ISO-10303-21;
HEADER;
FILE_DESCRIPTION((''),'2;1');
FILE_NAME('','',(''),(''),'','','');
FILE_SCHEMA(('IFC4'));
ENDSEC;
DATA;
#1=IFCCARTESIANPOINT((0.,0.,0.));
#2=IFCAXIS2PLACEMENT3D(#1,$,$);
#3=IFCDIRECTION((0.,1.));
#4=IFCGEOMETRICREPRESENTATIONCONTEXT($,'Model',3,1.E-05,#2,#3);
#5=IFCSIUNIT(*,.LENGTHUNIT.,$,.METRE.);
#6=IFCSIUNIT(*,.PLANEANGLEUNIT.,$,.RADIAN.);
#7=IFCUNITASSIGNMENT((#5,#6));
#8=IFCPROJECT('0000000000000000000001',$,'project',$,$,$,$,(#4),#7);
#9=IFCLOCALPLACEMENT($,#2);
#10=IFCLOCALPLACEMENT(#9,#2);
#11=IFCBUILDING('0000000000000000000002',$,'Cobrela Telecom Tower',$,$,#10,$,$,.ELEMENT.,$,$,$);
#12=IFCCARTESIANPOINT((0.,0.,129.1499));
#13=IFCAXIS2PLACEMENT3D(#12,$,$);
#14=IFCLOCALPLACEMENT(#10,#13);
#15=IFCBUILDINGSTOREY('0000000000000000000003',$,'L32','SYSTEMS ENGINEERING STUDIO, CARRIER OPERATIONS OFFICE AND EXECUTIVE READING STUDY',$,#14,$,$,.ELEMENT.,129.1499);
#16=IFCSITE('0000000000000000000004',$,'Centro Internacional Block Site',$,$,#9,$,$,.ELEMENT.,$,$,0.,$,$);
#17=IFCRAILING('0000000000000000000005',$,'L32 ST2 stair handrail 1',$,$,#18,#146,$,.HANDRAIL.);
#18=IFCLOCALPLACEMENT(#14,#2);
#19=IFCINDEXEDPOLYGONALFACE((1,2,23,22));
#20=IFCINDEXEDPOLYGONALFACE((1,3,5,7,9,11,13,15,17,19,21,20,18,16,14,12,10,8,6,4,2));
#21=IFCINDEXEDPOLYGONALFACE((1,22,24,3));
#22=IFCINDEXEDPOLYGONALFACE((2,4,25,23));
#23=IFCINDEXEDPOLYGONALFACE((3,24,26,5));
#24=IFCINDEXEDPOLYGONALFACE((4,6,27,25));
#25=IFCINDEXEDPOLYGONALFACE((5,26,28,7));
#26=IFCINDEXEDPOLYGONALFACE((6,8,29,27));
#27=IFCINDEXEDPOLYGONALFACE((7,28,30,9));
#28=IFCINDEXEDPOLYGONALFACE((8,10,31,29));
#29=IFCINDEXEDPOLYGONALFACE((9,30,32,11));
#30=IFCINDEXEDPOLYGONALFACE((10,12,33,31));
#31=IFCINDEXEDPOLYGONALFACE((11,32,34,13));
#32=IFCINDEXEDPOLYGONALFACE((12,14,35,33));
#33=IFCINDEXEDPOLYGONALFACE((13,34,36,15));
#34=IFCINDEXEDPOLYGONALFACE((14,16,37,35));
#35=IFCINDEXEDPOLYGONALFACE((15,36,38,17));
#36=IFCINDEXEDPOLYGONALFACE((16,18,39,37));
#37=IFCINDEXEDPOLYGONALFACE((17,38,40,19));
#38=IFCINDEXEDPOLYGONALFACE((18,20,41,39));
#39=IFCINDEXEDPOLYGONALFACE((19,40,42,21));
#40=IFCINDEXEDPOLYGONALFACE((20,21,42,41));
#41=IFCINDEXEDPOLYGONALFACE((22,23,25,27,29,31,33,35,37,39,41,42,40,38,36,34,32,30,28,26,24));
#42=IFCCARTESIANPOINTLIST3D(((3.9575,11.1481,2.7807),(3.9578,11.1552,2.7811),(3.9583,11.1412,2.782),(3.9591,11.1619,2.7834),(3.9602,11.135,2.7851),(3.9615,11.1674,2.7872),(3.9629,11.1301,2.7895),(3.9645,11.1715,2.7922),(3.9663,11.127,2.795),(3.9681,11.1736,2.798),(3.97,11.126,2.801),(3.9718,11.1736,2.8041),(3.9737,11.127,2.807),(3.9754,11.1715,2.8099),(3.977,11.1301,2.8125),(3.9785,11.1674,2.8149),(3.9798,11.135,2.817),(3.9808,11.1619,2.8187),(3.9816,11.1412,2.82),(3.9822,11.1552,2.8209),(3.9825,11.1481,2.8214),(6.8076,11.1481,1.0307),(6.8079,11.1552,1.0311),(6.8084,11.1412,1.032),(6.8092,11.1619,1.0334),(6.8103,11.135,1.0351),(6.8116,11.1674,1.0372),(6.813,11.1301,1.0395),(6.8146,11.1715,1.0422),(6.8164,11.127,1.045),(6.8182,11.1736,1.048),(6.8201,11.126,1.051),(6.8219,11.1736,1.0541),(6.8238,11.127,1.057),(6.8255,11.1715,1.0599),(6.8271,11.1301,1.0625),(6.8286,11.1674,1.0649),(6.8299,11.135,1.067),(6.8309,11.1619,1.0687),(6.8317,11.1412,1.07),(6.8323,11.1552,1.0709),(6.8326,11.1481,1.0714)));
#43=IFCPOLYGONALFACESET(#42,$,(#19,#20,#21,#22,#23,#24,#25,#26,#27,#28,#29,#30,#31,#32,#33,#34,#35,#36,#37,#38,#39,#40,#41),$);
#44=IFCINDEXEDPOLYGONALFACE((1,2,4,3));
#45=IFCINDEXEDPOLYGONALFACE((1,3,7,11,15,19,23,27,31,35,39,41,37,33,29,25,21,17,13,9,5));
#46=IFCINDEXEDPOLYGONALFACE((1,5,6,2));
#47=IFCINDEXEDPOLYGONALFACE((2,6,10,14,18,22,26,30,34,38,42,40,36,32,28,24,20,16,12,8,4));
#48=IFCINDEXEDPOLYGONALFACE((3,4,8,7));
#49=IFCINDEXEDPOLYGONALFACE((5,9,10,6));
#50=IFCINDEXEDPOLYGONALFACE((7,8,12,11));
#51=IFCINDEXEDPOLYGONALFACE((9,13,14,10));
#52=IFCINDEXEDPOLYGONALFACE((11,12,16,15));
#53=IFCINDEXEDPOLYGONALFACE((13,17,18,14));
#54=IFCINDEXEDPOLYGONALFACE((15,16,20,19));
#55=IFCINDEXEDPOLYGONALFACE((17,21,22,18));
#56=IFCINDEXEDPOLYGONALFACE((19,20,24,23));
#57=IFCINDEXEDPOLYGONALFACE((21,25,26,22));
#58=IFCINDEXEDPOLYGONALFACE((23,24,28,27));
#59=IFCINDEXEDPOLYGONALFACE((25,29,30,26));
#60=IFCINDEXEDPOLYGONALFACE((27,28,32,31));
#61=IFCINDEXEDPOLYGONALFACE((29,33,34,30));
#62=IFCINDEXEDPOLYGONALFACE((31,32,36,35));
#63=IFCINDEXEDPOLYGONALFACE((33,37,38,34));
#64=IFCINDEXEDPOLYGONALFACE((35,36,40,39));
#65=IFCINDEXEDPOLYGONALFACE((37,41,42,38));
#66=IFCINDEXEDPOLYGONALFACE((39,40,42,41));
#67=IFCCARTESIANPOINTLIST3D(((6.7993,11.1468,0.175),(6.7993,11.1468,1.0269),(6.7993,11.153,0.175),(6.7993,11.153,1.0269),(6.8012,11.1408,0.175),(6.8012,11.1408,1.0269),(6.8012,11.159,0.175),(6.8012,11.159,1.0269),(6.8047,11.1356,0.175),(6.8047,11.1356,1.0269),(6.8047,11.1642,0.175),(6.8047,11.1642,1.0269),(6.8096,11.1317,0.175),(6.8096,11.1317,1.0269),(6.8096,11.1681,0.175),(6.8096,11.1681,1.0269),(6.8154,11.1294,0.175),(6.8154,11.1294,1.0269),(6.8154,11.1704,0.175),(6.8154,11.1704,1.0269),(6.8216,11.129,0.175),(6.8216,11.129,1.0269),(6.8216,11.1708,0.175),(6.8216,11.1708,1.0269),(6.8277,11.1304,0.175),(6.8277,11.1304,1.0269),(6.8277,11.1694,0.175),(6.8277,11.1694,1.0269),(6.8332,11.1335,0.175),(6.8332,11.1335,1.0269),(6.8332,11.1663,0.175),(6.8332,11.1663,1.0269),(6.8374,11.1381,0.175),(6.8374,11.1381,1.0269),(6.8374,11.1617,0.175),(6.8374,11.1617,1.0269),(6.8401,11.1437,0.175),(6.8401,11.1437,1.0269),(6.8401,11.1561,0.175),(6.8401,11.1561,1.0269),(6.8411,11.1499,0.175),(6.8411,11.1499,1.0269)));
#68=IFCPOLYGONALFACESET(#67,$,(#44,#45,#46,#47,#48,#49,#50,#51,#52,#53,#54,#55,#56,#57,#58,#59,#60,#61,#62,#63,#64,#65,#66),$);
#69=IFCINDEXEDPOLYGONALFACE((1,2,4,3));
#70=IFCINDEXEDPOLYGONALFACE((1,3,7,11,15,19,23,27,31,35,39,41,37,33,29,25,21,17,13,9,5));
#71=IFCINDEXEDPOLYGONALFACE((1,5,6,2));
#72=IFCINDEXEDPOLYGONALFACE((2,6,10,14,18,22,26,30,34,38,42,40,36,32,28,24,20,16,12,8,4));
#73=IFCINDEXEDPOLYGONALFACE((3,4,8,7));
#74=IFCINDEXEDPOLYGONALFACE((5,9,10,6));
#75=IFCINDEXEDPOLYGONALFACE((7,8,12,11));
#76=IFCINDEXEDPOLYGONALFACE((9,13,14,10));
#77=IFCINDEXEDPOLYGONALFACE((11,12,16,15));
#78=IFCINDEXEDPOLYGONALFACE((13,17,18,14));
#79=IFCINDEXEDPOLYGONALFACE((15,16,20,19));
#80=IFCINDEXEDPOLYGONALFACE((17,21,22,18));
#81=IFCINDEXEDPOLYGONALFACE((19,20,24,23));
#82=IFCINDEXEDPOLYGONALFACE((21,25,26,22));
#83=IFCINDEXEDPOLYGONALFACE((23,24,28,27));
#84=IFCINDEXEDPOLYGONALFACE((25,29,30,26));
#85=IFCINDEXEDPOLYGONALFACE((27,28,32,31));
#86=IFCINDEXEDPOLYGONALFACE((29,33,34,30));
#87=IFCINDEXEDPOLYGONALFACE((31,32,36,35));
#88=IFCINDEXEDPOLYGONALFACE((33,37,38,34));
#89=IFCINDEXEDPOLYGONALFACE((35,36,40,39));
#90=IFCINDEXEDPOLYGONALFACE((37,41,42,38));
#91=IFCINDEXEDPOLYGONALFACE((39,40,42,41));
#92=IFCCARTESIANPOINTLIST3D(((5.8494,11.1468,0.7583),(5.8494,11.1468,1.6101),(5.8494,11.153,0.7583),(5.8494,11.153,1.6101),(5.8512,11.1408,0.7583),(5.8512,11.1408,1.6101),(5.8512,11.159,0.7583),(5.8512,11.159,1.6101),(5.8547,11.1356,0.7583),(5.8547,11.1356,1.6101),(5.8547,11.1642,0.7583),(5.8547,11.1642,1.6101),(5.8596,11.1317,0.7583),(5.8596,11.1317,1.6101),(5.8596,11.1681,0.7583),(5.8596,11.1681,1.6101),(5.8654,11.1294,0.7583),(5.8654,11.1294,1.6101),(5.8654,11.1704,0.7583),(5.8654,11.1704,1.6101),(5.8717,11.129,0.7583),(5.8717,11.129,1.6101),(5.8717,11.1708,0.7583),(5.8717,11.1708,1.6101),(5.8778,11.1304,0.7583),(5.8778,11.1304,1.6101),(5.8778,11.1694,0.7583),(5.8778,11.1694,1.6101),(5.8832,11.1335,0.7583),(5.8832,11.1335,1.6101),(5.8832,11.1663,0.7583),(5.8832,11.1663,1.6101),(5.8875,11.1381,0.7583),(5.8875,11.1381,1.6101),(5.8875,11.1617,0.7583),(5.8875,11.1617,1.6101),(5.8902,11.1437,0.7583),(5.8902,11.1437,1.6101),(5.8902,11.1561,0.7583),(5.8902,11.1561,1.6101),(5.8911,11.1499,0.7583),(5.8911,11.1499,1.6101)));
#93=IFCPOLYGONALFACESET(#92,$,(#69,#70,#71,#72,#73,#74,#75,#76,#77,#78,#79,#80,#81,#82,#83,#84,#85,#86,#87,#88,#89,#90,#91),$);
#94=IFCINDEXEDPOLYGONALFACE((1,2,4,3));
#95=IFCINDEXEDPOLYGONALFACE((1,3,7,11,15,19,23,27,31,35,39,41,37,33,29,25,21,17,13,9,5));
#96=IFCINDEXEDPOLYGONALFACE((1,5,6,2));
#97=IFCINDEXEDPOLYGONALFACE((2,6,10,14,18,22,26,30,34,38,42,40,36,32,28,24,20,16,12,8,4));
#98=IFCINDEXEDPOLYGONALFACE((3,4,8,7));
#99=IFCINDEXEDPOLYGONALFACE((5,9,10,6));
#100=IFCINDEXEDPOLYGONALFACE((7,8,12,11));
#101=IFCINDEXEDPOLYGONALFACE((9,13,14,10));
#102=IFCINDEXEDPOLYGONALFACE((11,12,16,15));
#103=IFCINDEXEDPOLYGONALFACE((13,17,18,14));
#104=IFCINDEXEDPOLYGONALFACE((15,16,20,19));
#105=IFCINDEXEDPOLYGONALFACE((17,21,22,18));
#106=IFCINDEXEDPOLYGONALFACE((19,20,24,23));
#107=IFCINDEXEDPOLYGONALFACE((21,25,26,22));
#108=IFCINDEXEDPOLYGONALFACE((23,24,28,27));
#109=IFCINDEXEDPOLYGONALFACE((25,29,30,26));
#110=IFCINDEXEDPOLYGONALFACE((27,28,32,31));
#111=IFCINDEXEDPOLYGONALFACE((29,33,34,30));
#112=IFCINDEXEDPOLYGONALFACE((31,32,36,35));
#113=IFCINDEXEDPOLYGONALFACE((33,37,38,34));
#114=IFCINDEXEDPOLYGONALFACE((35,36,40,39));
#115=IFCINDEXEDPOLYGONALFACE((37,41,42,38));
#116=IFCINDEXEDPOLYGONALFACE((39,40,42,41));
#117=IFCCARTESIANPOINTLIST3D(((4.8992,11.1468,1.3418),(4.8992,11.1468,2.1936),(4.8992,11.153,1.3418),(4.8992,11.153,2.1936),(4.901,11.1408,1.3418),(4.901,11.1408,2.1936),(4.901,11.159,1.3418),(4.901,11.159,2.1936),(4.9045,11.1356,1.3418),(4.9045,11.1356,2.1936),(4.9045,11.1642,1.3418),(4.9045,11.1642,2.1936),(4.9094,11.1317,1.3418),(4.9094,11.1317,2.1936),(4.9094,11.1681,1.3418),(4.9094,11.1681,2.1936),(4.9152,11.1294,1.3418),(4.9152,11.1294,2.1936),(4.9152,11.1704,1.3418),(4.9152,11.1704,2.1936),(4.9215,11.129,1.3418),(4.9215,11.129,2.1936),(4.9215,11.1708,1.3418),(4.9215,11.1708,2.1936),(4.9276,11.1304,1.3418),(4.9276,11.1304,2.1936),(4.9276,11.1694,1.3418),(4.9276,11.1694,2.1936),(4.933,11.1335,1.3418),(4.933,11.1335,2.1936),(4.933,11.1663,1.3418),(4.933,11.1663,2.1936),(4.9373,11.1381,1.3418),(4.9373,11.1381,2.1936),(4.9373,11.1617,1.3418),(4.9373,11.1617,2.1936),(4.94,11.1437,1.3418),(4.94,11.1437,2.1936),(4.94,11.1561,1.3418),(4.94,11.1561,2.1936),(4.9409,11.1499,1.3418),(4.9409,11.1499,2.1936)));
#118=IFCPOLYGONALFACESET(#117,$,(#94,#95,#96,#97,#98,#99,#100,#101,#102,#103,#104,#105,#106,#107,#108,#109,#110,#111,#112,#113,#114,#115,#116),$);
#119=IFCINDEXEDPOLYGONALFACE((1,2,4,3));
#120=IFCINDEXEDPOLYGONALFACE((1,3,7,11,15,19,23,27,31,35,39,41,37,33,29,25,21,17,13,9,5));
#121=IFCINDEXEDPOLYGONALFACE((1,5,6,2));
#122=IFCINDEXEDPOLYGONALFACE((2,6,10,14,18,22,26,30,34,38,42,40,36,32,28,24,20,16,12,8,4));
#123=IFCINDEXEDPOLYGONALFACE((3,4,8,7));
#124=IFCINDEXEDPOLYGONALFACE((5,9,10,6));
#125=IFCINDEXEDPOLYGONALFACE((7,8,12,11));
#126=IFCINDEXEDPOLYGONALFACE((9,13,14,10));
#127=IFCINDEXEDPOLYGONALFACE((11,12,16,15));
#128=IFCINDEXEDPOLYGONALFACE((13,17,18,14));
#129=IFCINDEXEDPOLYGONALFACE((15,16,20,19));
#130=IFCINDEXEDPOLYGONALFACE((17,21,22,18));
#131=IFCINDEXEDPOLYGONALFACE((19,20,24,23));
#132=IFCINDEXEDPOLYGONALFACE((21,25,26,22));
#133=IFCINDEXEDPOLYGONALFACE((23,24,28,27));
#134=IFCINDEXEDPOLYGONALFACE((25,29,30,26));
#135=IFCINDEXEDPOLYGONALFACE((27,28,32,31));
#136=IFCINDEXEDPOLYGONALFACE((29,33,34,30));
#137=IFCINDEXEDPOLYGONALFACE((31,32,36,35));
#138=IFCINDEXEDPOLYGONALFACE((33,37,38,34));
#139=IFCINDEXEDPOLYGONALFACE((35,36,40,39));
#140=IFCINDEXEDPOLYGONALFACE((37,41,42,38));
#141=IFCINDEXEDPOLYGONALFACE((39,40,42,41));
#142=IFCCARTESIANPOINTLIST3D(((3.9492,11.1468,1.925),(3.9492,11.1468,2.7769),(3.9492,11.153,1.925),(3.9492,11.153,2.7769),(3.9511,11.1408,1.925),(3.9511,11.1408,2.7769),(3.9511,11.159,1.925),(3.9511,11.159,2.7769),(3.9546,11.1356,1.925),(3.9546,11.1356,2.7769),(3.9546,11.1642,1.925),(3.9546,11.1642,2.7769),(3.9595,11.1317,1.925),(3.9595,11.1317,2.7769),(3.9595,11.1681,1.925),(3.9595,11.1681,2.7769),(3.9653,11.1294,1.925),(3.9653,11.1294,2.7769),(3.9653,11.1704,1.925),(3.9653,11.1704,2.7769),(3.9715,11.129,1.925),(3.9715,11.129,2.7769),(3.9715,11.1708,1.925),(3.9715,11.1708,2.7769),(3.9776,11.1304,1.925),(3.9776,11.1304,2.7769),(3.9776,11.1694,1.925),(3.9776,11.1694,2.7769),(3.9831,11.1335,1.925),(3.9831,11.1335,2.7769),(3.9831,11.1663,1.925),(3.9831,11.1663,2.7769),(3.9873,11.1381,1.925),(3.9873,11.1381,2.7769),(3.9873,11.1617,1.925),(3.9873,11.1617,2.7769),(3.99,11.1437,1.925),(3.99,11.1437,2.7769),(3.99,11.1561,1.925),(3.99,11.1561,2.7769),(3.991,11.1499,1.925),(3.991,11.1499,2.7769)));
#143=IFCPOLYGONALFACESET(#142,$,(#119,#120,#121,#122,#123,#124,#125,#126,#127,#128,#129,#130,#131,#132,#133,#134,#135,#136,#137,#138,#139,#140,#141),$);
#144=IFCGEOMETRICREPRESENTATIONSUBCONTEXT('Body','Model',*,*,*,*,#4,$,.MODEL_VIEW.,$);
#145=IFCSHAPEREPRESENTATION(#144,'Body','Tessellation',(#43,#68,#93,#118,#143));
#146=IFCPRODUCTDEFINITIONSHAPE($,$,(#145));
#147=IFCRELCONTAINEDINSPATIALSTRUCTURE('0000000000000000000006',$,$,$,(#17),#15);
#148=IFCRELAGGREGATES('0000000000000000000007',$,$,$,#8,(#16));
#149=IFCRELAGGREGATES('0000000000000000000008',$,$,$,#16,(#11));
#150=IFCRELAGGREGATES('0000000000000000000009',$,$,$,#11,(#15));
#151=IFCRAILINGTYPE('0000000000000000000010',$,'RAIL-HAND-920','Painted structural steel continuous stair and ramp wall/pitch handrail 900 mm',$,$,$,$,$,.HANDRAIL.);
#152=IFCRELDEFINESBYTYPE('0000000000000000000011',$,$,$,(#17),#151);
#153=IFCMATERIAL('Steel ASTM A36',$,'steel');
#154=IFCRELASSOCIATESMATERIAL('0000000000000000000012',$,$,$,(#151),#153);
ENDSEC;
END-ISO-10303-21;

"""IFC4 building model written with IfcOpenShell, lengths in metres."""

from ifc_helpers import new_model, si_unit, direction, frame, origin, origin_2d, place, context, subcontext, project, spatial, circle, extrude, material, type_object, element, save


model = new_model("IFC4")

# Units and contexts
model_context = context("Model", 3, precision=1e-05, world=origin(), true_north=direction((0.0, 1.0)))
body_context = subcontext(model_context, "Body", "Model", "MODEL_VIEW")
ifc_project = project(units=[si_unit("LENGTHUNIT", "METRE"), si_unit("PLANEANGLEUNIT", "RADIAN")], contexts=[model_context])

# Site, building, storey
site_placement = place(None, origin())
site = spatial("IfcSite", under=ifc_project, at=site_placement, Name="Centro Internacional Block Site", CompositionType="ELEMENT", RefElevation=0.0)
building_placement = place(site_placement, origin())
building = spatial("IfcBuilding", under=site, at=building_placement, Name="Cobrela Telecom Tower", CompositionType="ELEMENT")
storey_placement = place(building_placement, frame((0.0, 0.0, 129.1499)))
storey = spatial("IfcBuildingStorey", under=building, at=storey_placement, Name="L32", Description="SYSTEMS ENGINEERING STUDIO, CARRIER OPERATIONS OFFICE AND EXECUTIVE READING STUDY", CompositionType="ELEMENT", Elevation=129.1499)

# Shared definitions
ifc_material_1 = material(Name="Steel ASTM A36", Category="steel")

# Railing
railing_type_1 = type_object("IfcRailingType", Name="RAIL-HAND-920", Description="Painted structural steel continuous stair and ramp wall/pitch handrail 900 mm", PredefinedType="HANDRAIL", material=ifc_material_1)
railing_1_placement = place(storey_placement, frame((6.8201, 11.1499, 0.175)))
element("IfcRailing", 1, at=railing_1_placement, inside=storey, type_object=railing_type_1, Name="L32 ST2 stair handrail 1", PredefinedType="HANDRAIL", context=body_context, shape_type="SweptSolid", body=[
    extrude(circle(Radius=0.0239, at=origin_2d()), frame((0.0, 0.0, 0.876), z_axis=(-0.852179, 0.0, 0.52325), x_axis=(0.0, -1.0, 0.0)), (0.0, 0.0, 1.0), 3.3445),
    extrude(circle(Radius=0.021, at=origin_2d()), origin(), (0.0, 0.0, 1.0), 0.8518),
    extrude(circle(Radius=0.021, at=origin_2d()), frame((-0.95, 0.0, 0.5833)), (0.0, 0.0, 1.0), 0.8518),
    extrude(circle(Radius=0.021, at=origin_2d()), frame((-1.9001, 0.0, 1.1667)), (0.0, 0.0, 1.0), 0.8518),
    extrude(circle(Radius=0.021, at=origin_2d()), frame((-2.8501, 0.0, 1.75)), (0.0, 0.0, 1.0), 0.8518),
])

save(model, "model.ifc")
